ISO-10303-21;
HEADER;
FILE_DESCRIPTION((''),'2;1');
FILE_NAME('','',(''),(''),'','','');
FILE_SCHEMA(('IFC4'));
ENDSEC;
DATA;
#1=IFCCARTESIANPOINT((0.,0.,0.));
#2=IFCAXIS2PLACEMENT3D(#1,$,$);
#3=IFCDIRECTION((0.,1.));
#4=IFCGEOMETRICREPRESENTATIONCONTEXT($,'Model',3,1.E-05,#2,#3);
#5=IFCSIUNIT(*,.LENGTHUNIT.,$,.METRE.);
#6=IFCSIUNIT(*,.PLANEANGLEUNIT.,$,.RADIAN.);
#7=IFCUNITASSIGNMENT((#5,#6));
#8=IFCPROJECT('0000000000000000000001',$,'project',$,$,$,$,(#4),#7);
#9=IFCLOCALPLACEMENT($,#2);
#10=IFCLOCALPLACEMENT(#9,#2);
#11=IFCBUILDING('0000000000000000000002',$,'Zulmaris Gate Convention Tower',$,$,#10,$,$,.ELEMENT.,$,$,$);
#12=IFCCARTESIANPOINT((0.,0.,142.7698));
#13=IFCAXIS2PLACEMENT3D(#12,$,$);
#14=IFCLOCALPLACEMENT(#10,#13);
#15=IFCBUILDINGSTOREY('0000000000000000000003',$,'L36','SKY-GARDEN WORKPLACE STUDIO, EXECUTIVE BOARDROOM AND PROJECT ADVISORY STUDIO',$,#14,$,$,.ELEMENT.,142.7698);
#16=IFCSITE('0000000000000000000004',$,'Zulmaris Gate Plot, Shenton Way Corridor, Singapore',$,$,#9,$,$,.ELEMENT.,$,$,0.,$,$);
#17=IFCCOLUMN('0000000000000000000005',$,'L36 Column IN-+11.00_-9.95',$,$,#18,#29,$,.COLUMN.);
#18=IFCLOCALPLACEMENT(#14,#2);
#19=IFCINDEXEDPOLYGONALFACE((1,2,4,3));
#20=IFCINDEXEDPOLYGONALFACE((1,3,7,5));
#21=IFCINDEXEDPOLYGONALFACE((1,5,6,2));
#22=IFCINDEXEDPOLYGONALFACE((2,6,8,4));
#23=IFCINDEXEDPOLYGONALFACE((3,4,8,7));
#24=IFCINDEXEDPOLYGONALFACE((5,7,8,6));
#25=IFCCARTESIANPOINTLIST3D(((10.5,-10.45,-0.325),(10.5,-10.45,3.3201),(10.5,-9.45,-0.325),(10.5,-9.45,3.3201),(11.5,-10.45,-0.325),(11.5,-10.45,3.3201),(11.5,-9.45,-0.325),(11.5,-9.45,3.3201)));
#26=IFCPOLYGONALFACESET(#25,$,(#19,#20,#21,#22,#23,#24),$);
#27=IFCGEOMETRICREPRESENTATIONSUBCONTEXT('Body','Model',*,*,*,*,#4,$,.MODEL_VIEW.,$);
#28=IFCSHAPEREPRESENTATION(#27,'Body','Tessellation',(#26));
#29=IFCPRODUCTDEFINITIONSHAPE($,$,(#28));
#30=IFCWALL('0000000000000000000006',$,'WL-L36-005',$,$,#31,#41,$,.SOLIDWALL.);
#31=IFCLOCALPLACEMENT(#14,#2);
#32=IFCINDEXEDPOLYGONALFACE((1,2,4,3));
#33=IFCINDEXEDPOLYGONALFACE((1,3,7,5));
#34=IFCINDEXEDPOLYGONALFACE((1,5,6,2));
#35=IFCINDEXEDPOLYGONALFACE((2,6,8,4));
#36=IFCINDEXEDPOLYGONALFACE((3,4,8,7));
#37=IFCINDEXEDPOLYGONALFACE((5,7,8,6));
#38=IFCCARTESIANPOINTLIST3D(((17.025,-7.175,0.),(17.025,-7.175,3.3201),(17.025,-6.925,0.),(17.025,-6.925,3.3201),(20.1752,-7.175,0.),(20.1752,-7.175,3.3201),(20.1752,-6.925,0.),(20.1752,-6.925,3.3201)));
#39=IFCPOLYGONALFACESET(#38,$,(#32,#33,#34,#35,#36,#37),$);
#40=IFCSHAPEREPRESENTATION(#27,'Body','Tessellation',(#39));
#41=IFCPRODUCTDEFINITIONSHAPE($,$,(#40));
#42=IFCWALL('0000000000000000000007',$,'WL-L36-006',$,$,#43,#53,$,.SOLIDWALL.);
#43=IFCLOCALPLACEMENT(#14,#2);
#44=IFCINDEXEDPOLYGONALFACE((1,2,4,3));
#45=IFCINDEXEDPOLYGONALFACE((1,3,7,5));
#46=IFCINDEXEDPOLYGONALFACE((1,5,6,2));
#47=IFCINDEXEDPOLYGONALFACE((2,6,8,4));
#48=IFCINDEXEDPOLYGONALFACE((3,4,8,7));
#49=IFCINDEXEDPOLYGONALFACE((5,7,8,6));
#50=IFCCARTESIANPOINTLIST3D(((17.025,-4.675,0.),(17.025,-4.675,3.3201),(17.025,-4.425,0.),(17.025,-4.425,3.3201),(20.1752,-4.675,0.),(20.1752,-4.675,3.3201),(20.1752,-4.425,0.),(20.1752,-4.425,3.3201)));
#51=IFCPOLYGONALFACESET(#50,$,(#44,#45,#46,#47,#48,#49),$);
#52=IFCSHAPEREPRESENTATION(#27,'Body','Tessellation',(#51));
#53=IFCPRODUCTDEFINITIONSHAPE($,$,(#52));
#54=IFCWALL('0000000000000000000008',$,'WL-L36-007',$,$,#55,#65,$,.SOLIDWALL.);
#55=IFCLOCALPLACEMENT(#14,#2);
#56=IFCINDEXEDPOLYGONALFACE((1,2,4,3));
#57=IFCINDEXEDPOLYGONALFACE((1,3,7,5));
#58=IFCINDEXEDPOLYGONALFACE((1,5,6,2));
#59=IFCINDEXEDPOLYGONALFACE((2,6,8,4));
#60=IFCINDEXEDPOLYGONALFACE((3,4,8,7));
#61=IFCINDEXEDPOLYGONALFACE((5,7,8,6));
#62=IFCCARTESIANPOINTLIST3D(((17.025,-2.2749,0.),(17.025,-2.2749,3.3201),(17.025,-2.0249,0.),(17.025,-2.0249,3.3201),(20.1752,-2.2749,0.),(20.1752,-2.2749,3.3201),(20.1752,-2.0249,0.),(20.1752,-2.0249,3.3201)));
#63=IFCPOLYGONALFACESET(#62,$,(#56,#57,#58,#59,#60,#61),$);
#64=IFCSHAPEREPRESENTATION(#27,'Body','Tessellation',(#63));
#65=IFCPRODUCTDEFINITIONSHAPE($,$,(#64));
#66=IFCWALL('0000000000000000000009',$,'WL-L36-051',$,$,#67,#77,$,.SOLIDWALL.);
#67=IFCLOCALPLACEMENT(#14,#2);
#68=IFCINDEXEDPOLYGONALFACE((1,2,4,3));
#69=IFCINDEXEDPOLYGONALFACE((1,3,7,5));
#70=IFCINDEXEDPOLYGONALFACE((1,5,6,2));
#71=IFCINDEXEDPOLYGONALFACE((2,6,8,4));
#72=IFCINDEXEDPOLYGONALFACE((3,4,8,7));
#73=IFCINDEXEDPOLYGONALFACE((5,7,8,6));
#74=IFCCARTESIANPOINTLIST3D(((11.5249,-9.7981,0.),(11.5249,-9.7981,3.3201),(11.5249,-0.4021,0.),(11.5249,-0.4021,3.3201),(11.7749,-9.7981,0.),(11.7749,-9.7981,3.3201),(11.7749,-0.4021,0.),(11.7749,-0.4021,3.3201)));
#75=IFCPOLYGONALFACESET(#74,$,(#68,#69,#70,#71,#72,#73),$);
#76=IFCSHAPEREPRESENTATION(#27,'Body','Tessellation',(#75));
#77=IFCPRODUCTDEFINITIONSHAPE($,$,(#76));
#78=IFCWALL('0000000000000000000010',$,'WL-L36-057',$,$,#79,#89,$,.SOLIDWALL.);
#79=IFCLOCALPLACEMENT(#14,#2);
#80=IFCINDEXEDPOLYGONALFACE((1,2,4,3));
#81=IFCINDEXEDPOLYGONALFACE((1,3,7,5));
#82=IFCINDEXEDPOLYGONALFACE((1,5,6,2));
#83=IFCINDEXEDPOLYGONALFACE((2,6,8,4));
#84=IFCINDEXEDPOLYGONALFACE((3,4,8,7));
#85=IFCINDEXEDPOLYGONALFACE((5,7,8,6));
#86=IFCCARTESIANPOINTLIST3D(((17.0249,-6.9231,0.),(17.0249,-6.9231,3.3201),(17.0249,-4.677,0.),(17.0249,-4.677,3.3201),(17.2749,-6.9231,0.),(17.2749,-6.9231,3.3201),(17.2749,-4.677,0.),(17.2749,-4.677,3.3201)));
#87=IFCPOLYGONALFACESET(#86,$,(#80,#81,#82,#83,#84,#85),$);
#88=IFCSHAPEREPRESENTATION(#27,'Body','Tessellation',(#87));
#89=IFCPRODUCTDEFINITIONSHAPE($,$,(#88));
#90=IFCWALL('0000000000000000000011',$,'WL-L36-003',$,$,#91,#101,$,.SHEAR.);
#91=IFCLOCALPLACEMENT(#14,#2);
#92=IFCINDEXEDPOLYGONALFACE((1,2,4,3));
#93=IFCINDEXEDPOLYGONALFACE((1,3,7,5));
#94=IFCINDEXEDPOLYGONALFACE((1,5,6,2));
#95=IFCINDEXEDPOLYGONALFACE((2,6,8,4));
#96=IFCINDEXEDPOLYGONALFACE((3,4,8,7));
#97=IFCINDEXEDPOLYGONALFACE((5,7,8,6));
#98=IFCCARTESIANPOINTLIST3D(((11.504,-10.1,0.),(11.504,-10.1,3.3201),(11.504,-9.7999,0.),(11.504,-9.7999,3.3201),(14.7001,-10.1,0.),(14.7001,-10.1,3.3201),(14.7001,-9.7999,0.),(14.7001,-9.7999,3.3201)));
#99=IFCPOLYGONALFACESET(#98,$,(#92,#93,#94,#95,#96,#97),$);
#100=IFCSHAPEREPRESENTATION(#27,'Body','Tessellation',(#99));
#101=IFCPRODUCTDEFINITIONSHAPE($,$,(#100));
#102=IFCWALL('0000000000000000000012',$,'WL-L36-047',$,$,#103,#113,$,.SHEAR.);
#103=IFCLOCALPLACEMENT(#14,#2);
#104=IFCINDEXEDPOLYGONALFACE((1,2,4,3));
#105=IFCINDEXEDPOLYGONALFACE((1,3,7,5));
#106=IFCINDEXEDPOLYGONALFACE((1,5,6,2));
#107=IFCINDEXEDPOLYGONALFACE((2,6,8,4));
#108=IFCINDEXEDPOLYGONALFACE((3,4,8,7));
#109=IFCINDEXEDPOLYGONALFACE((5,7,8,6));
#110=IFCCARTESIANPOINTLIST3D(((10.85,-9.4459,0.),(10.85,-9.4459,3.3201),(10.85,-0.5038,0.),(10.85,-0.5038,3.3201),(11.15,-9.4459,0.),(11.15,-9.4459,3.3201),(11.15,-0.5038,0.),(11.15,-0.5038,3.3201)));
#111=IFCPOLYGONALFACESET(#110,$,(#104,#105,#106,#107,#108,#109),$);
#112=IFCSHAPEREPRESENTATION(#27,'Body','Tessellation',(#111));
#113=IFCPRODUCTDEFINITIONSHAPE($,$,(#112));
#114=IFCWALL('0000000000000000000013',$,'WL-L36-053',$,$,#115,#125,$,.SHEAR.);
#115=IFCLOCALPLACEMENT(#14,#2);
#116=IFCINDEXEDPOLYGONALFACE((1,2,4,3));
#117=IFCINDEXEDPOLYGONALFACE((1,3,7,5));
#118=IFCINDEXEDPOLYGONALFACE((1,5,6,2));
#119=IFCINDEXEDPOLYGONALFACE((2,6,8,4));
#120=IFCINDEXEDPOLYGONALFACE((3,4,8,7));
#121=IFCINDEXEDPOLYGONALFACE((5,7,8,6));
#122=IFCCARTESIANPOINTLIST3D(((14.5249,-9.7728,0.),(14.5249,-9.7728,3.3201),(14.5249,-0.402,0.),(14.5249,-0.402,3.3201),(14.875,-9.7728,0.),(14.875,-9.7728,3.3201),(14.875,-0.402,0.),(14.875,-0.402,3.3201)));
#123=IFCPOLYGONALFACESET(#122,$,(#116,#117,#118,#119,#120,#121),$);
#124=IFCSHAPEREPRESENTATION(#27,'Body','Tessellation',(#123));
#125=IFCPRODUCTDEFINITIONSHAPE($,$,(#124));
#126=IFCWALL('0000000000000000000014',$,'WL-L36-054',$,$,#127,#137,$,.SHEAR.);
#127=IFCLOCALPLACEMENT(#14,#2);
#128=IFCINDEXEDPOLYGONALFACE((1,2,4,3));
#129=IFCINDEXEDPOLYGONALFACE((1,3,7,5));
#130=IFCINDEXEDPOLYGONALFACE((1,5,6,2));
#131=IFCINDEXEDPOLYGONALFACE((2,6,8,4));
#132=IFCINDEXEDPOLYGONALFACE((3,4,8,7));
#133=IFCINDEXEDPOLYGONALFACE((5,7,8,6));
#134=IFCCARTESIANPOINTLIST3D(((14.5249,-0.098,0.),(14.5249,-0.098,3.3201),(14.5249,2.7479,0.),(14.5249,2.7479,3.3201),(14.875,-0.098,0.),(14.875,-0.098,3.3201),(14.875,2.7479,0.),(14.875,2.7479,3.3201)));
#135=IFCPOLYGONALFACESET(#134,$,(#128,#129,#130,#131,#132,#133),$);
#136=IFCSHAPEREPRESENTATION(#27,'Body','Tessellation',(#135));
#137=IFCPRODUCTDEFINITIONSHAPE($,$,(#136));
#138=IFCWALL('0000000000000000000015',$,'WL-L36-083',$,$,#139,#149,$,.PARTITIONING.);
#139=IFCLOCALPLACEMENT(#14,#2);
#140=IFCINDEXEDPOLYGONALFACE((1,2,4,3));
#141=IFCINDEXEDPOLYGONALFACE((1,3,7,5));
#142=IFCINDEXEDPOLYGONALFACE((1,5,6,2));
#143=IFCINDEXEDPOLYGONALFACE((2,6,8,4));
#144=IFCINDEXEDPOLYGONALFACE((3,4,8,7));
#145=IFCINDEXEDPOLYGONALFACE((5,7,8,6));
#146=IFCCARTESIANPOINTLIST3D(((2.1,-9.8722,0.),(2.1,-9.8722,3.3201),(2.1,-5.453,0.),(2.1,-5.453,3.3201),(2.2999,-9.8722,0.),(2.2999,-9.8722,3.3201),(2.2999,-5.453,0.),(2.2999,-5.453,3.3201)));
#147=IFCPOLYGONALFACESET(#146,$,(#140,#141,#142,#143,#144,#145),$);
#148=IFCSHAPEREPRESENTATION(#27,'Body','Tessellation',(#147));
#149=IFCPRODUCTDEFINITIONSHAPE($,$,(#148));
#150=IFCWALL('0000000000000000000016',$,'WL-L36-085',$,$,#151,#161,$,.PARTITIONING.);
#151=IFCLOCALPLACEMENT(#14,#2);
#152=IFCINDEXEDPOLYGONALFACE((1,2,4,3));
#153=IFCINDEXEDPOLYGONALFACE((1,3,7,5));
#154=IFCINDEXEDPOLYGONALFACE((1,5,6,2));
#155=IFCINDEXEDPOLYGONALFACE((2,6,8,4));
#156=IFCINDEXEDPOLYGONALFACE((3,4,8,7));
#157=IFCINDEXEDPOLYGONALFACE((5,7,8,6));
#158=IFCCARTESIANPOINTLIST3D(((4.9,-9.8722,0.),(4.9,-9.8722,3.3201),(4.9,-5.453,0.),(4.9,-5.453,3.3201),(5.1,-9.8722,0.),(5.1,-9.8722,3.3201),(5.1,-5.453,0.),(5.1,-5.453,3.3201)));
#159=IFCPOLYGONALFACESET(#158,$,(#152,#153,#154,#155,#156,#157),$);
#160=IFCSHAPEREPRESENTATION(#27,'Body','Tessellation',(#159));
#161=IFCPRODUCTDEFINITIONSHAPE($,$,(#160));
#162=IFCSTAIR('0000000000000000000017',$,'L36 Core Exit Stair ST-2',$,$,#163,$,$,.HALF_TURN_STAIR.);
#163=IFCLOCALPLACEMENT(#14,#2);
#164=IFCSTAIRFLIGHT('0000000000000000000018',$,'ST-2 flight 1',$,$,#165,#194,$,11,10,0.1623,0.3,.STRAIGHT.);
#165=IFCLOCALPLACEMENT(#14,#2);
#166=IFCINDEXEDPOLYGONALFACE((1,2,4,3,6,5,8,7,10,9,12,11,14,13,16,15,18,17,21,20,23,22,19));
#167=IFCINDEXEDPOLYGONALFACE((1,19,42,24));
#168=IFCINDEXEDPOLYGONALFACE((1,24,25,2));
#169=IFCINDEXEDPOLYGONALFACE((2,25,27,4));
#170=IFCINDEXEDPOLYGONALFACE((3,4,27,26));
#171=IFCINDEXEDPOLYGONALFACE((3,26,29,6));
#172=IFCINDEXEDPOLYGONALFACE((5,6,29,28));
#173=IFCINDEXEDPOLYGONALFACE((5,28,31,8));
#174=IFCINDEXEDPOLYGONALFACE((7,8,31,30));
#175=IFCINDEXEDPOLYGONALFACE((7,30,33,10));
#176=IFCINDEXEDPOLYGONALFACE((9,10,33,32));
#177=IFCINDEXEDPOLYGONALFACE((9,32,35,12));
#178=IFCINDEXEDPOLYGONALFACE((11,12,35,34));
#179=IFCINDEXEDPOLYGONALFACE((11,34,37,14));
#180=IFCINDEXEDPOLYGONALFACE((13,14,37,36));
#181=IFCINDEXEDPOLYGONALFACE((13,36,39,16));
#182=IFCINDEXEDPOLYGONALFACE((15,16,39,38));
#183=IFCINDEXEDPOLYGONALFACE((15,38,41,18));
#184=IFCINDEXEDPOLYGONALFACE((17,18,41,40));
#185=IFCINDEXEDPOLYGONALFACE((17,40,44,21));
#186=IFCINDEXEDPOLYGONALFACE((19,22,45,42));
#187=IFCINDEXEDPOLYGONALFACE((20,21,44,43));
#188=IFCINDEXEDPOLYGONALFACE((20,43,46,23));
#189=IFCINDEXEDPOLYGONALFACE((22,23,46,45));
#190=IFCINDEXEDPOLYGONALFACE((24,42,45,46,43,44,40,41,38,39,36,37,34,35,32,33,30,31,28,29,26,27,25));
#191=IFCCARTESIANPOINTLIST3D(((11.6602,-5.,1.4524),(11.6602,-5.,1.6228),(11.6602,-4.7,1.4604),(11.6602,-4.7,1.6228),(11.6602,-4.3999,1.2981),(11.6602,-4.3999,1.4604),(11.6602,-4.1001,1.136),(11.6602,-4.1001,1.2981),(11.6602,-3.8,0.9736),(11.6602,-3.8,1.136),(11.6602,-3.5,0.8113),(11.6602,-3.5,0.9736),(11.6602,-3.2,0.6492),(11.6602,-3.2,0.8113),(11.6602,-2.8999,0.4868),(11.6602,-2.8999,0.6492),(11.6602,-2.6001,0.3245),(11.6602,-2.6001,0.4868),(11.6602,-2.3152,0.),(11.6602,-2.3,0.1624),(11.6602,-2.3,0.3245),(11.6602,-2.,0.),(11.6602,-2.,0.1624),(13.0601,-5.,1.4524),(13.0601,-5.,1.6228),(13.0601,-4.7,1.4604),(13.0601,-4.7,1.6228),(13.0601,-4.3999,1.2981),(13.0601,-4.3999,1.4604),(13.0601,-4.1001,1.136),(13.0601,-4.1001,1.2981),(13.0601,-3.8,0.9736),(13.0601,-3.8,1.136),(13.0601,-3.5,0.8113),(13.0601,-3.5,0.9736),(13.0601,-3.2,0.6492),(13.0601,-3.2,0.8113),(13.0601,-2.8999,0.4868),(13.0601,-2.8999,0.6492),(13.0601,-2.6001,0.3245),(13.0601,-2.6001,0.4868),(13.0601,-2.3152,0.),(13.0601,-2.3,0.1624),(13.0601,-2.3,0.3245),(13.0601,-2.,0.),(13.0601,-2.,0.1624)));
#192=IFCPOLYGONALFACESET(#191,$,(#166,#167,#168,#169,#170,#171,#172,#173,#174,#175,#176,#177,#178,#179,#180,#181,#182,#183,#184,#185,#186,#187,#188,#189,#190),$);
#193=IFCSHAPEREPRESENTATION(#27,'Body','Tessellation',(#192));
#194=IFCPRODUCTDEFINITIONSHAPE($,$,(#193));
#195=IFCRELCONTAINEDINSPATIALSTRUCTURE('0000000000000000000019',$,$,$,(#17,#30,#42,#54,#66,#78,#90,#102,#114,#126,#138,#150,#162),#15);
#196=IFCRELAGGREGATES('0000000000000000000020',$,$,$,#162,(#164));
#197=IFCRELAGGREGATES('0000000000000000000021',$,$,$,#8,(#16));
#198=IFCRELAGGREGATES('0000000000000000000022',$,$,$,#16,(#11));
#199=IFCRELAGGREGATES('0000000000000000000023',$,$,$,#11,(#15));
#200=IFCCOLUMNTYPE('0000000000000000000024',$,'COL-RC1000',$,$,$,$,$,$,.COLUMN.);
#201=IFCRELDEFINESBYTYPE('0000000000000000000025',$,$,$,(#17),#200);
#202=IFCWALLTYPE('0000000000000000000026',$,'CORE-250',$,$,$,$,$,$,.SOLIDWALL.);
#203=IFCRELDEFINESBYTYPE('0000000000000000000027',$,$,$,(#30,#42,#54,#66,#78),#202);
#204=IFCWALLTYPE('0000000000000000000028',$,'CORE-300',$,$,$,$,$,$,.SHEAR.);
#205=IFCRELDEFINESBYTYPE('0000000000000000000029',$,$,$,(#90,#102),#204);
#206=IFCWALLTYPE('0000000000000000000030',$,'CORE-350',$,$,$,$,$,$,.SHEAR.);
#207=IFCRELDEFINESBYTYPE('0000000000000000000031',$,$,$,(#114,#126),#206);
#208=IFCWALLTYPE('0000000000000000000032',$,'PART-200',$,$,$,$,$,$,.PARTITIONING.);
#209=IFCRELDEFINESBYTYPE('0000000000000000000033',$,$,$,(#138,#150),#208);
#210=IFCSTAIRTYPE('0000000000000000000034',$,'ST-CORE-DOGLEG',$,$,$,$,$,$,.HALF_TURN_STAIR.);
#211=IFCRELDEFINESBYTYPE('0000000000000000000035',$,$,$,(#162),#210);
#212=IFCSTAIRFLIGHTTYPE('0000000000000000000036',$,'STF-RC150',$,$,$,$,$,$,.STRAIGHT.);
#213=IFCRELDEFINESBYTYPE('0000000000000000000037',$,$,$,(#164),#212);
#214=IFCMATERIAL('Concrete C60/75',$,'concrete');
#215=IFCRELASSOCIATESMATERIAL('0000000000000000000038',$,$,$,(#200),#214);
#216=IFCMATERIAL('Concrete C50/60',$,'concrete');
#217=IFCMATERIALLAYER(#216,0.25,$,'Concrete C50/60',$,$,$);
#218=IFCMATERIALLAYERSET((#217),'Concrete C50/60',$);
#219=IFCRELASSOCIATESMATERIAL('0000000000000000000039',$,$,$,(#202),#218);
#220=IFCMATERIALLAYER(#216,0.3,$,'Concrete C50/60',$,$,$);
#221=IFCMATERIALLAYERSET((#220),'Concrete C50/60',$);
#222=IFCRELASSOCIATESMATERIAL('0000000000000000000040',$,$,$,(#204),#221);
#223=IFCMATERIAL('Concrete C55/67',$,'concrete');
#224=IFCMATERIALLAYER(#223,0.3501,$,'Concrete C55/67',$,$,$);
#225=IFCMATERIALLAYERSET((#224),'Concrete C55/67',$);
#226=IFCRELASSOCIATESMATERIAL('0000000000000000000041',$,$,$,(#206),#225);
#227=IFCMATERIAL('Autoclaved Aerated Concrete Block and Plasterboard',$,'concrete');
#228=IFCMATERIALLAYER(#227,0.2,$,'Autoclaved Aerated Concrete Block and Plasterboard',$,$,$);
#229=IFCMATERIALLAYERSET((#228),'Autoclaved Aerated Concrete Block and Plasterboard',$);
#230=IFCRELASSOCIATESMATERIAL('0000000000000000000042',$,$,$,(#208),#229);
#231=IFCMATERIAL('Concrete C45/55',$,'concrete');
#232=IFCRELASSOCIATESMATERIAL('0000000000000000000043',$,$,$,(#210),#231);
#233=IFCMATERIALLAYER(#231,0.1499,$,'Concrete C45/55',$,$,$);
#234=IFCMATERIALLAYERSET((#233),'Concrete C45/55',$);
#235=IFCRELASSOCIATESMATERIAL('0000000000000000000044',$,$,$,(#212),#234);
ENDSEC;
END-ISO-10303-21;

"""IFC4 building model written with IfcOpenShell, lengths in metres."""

from ifc_helpers import new_model, si_unit, direction, frame, frame_2d, origin, origin_2d, place, context, subcontext, project, spatial, polyline, rectangle, outline, extrude, material, layer, layer_set, material_profile, profile_set, type_object, element, aggregate, save


model = new_model("IFC4")

# Units and contexts
model_context = context("Model", 3, precision=1e-05, world=origin(), true_north=direction((0.0, 1.0)))
body_context = subcontext(model_context, "Body", "Model", "MODEL_VIEW")
ifc_project = project(units=[si_unit("LENGTHUNIT", "METRE"), si_unit("PLANEANGLEUNIT", "RADIAN")], contexts=[model_context])

# Site, building, storey
site_placement = place(None, origin())
site = spatial("IfcSite", under=ifc_project, at=site_placement, Name="Zulmaris Gate Plot, Shenton Way Corridor, Singapore", CompositionType="ELEMENT", RefElevation=0.0)
building_placement = place(site_placement, origin())
building = spatial("IfcBuilding", under=site, at=building_placement, Name="Zulmaris Gate Convention Tower", CompositionType="ELEMENT")
storey_placement = place(building_placement, frame((0.0, 0.0, 142.7698)))
storey = spatial("IfcBuildingStorey", under=building, at=storey_placement, Name="L36", Description="SKY-GARDEN WORKPLACE STUDIO, EXECUTIVE BOARDROOM AND PROJECT ADVISORY STUDIO", CompositionType="ELEMENT", Elevation=142.7698)

# Column
ifc_material_1 = material(Name="Concrete C60/75", Category="concrete")
ifc_material_profile = material_profile(ifc_material_1, rectangle(XDim=1.0, YDim=1.0, at=origin_2d()), Name="RC COL 1000x1000")
ifc_profile_set = profile_set([ifc_material_profile], Name="Concrete C60/75")
column_type = type_object("IfcColumnType", Name="COL-RC1000", PredefinedType="COLUMN", material=ifc_profile_set)
column_placement = place(storey_placement, frame((11.0, -9.95, -0.325), z_axis=(0.0, 0.0, 1.0), x_axis=(1.0, 0.0, 0.0)))
element("IfcColumn", 1, at=column_placement, inside=storey, type_object=column_type, Name="L36 Column IN-+11.00_-9.95", PredefinedType="COLUMN", context=body_context, shape_type="SweptSolid", body=[
    extrude(rectangle(XDim=1.0, YDim=1.0, at=origin_2d()), origin(), (0.0, 0.0, 1.0), 3.645),
])

# Walls
ifc_material_2 = material(Name="Concrete C50/60", Category="concrete")
ifc_layer_1 = layer(ifc_material_2, 0.25, Name="Concrete C50/60")
ifc_layer_set_1 = layer_set([ifc_layer_1], Name="Concrete C50/60")
wall_type_1 = type_object("IfcWallType", Name="CORE-250", PredefinedType="SOLIDWALL", material=ifc_layer_set_1)
for number, where, z_axis, x_axis, name in (
    (2, (17.0249, -7.05, 0.0), (0.0, 0.0, 1.0), (1.0, 0.0, 0.0), "WL-L36-005"),
    (3, (17.0249, -4.55, 0.0), (0.0, 0.0, 1.0), (1.0, 0.0, 0.0), "WL-L36-006"),
    (4, (17.0249, -2.1499, 0.0), (0.0, 0.0, 1.0), (1.0, 0.0, 0.0), "WL-L36-007"),
):
    element("IfcWall", number, at=place(storey_placement, frame(where, z_axis=z_axis, x_axis=x_axis)), inside=storey, type_object=wall_type_1, Name=name, PredefinedType="SOLIDWALL", context=body_context, shape_type="SweptSolid", body=[
        extrude(rectangle(XDim=3.1501, YDim=0.25, at=frame_2d((1.5752, 0.0))), origin(), (0.0, 0.0, 1.0), 3.3201),
    ])
wall_1_placement = place(storey_placement, frame((11.6499, -9.7981, 0.0), z_axis=(0.0, 0.0, 1.0), x_axis=(0.0, 1.0, 0.0)))
element("IfcWall", 5, at=wall_1_placement, inside=storey, type_object=wall_type_1, Name="WL-L36-051", PredefinedType="SOLIDWALL", context=body_context, shape_type="SweptSolid", body=[
    extrude(rectangle(XDim=9.396, YDim=0.25, at=frame_2d((4.698, 0.0))), origin(), (0.0, 0.0, 1.0), 3.3201),
])
wall_2_placement = place(storey_placement, frame((17.1499, -6.9231, 0.0), z_axis=(0.0, 0.0, 1.0), x_axis=(0.0, 1.0, 0.0)))
element("IfcWall", 6, at=wall_2_placement, inside=storey, type_object=wall_type_1, Name="WL-L36-057", PredefinedType="SOLIDWALL", context=body_context, shape_type="SweptSolid", body=[
    extrude(rectangle(XDim=2.2461, YDim=0.25, at=frame_2d((1.123, 0.0))), origin(), (0.0, 0.0, 1.0), 3.3201),
])
ifc_layer_2 = layer(ifc_material_2, 0.3, Name="Concrete C50/60")
ifc_layer_set_2 = layer_set([ifc_layer_2], Name="Concrete C50/60")
wall_type_2 = type_object("IfcWallType", Name="CORE-300", PredefinedType="SHEAR", material=ifc_layer_set_2)
wall_3_placement = place(storey_placement, frame((11.5039, -9.95, 0.0), z_axis=(0.0, 0.0, 1.0), x_axis=(1.0, 0.0, 0.0)))
element("IfcWall", 7, at=wall_3_placement, inside=storey, type_object=wall_type_2, Name="WL-L36-003", PredefinedType="SHEAR", context=body_context, shape_type="SweptSolid", body=[
    extrude(rectangle(XDim=3.196, YDim=0.3, at=frame_2d((1.5981, 0.0))), origin(), (0.0, 0.0, 1.0), 3.3201),
])

# Wall
wall_4_placement = place(storey_placement, frame((11.0, -9.446, 0.0), z_axis=(0.0, 0.0, 1.0), x_axis=(0.0, 1.0, 0.0)))
element("IfcWall", 8, at=wall_4_placement, inside=storey, type_object=wall_type_2, Name="WL-L36-047", PredefinedType="SHEAR", context=body_context, shape_type="SweptSolid", body=[
    extrude(rectangle(XDim=8.9421, YDim=0.3, at=frame_2d((4.4712, 0.0))), origin(), (0.0, 0.0, 1.0), 3.3201),
])

# Shared definitions
ifc_material_3 = material(Name="Concrete C55/67", Category="concrete")
ifc_layer_3 = layer(ifc_material_3, 0.3501, Name="Concrete C55/67")
ifc_layer_set_3 = layer_set([ifc_layer_3], Name="Concrete C55/67")
wall_type_3 = type_object("IfcWallType", Name="CORE-350", PredefinedType="SHEAR", material=ifc_layer_set_3)

# Walls
wall_5_placement = place(storey_placement, frame((14.7, -9.7729, 0.0), z_axis=(0.0, 0.0, 1.0), x_axis=(0.0, 1.0, 0.0)))
element("IfcWall", 9, at=wall_5_placement, inside=storey, type_object=wall_type_3, Name="WL-L36-053", PredefinedType="SHEAR", context=body_context, shape_type="SweptSolid", body=[
    extrude(rectangle(XDim=9.3708, YDim=0.3501, at=frame_2d((4.6855, 0.0))), origin(), (0.0, 0.0, 1.0), 3.3201),
])
wall_6_placement = place(storey_placement, frame((14.7, -0.0979, 0.0), z_axis=(0.0, 0.0, 1.0), x_axis=(0.0, 1.0, 0.0)))
element("IfcWall", 10, at=wall_6_placement, inside=storey, type_object=wall_type_3, Name="WL-L36-054", PredefinedType="SHEAR", context=body_context, shape_type="SweptSolid", body=[
    extrude(rectangle(XDim=2.8459, YDim=0.3501, at=frame_2d((1.4229, 0.0))), origin(), (0.0, 0.0, 1.0), 3.3201),
])
ifc_material_4 = material(Name="Autoclaved Aerated Concrete Block and Plasterboard", Category="concrete")
ifc_layer_4 = layer(ifc_material_4, 0.2, Name="Autoclaved Aerated Concrete Block and Plasterboard")
ifc_layer_set_4 = layer_set([ifc_layer_4], Name="Autoclaved Aerated Concrete Block and Plasterboard")
wall_type_4 = type_object("IfcWallType", Name="PART-200", PredefinedType="PARTITIONING", material=ifc_layer_set_4)
for number, where, z_axis, x_axis, name in (
    (11, (2.2, -9.8721, 0.0), (0.0, 0.0, 1.0), (0.0, 1.0, 0.0), "WL-L36-083"),
    (12, (5.0, -9.8721, 0.0), (0.0, 0.0, 1.0), (0.0, 1.0, 0.0), "WL-L36-085"),
):
    element("IfcWall", number, at=place(storey_placement, frame(where, z_axis=z_axis, x_axis=x_axis)), inside=storey, type_object=wall_type_4, Name=name, PredefinedType="PARTITIONING", context=body_context, shape_type="SweptSolid", body=[
        extrude(rectangle(XDim=4.4192, YDim=0.2, at=frame_2d((2.2095, 0.0))), origin(), (0.0, 0.0, 1.0), 3.3201),
    ])

# Stair, stair flight
ifc_material_5 = material(Name="Concrete C45/55", Category="concrete")
stair_type = type_object("IfcStairType", Name="ST-CORE-DOGLEG", PredefinedType="HALF_TURN_STAIR", material=ifc_material_5)
stair_placement = place(storey_placement, origin())
stair = element("IfcStair", 13, at=stair_placement, inside=storey, type_object=stair_type, Name="L36 Core Exit Stair ST-2", PredefinedType="HALF_TURN_STAIR")
ifc_layer_5 = layer(ifc_material_5, 0.1499, Name="Concrete C45/55")
ifc_layer_set_5 = layer_set([ifc_layer_5], Name="Concrete C45/55")
stair_flight_type = type_object("IfcStairFlightType", Name="STF-RC150", PredefinedType="STRAIGHT", material=ifc_layer_set_5)
stair_flight_1_placement = place(storey_placement, frame((12.3601, -2.0, 0.0), z_axis=(0.0, 0.0, 1.0), x_axis=(0.0, -1.0, 0.0)))
stair_flight_1 = element("IfcStairFlight", 14, at=stair_flight_1_placement, type_object=stair_flight_type, Name="ST-2 flight 1", NumberOfRisers=11, NumberOfTreads=10, PredefinedType="STRAIGHT", RiserHeight=0.1623, TreadLength=0.3, context=body_context, shape_type="SweptSolid", body=[
    extrude(outline(polyline([(0.0, 0.0), (0.0, 0.1624), (0.3, 0.1624), (0.3, 0.3245), (0.6001, 0.3245), (0.6001, 0.4868), (0.8999, 0.4868), (0.8999, 0.6492), (1.2, 0.6492), (1.2, 0.8113), (1.5, 0.8113), (1.5, 0.9736), (1.8, 0.9736), (1.8, 1.136), (2.1001, 1.136), (2.1001, 1.2981), (2.3999, 1.2981), (2.3999, 1.4604), (2.7, 1.4604), (2.7, 1.6228), (3.0, 1.6228), (3.0, 1.7849), (3.0, 1.4524), (0.3152, 0.0), (0.0, 0.0)])), frame((0.0, 0.7, 0.0), z_axis=(0.0, -1.0, 0.0), x_axis=(1.0, 0.0, 0.0)), (0.0, 0.0, 1.0), 1.3999),
])
aggregate(stair, [stair_flight_1])

save(model, "model.ifc")
